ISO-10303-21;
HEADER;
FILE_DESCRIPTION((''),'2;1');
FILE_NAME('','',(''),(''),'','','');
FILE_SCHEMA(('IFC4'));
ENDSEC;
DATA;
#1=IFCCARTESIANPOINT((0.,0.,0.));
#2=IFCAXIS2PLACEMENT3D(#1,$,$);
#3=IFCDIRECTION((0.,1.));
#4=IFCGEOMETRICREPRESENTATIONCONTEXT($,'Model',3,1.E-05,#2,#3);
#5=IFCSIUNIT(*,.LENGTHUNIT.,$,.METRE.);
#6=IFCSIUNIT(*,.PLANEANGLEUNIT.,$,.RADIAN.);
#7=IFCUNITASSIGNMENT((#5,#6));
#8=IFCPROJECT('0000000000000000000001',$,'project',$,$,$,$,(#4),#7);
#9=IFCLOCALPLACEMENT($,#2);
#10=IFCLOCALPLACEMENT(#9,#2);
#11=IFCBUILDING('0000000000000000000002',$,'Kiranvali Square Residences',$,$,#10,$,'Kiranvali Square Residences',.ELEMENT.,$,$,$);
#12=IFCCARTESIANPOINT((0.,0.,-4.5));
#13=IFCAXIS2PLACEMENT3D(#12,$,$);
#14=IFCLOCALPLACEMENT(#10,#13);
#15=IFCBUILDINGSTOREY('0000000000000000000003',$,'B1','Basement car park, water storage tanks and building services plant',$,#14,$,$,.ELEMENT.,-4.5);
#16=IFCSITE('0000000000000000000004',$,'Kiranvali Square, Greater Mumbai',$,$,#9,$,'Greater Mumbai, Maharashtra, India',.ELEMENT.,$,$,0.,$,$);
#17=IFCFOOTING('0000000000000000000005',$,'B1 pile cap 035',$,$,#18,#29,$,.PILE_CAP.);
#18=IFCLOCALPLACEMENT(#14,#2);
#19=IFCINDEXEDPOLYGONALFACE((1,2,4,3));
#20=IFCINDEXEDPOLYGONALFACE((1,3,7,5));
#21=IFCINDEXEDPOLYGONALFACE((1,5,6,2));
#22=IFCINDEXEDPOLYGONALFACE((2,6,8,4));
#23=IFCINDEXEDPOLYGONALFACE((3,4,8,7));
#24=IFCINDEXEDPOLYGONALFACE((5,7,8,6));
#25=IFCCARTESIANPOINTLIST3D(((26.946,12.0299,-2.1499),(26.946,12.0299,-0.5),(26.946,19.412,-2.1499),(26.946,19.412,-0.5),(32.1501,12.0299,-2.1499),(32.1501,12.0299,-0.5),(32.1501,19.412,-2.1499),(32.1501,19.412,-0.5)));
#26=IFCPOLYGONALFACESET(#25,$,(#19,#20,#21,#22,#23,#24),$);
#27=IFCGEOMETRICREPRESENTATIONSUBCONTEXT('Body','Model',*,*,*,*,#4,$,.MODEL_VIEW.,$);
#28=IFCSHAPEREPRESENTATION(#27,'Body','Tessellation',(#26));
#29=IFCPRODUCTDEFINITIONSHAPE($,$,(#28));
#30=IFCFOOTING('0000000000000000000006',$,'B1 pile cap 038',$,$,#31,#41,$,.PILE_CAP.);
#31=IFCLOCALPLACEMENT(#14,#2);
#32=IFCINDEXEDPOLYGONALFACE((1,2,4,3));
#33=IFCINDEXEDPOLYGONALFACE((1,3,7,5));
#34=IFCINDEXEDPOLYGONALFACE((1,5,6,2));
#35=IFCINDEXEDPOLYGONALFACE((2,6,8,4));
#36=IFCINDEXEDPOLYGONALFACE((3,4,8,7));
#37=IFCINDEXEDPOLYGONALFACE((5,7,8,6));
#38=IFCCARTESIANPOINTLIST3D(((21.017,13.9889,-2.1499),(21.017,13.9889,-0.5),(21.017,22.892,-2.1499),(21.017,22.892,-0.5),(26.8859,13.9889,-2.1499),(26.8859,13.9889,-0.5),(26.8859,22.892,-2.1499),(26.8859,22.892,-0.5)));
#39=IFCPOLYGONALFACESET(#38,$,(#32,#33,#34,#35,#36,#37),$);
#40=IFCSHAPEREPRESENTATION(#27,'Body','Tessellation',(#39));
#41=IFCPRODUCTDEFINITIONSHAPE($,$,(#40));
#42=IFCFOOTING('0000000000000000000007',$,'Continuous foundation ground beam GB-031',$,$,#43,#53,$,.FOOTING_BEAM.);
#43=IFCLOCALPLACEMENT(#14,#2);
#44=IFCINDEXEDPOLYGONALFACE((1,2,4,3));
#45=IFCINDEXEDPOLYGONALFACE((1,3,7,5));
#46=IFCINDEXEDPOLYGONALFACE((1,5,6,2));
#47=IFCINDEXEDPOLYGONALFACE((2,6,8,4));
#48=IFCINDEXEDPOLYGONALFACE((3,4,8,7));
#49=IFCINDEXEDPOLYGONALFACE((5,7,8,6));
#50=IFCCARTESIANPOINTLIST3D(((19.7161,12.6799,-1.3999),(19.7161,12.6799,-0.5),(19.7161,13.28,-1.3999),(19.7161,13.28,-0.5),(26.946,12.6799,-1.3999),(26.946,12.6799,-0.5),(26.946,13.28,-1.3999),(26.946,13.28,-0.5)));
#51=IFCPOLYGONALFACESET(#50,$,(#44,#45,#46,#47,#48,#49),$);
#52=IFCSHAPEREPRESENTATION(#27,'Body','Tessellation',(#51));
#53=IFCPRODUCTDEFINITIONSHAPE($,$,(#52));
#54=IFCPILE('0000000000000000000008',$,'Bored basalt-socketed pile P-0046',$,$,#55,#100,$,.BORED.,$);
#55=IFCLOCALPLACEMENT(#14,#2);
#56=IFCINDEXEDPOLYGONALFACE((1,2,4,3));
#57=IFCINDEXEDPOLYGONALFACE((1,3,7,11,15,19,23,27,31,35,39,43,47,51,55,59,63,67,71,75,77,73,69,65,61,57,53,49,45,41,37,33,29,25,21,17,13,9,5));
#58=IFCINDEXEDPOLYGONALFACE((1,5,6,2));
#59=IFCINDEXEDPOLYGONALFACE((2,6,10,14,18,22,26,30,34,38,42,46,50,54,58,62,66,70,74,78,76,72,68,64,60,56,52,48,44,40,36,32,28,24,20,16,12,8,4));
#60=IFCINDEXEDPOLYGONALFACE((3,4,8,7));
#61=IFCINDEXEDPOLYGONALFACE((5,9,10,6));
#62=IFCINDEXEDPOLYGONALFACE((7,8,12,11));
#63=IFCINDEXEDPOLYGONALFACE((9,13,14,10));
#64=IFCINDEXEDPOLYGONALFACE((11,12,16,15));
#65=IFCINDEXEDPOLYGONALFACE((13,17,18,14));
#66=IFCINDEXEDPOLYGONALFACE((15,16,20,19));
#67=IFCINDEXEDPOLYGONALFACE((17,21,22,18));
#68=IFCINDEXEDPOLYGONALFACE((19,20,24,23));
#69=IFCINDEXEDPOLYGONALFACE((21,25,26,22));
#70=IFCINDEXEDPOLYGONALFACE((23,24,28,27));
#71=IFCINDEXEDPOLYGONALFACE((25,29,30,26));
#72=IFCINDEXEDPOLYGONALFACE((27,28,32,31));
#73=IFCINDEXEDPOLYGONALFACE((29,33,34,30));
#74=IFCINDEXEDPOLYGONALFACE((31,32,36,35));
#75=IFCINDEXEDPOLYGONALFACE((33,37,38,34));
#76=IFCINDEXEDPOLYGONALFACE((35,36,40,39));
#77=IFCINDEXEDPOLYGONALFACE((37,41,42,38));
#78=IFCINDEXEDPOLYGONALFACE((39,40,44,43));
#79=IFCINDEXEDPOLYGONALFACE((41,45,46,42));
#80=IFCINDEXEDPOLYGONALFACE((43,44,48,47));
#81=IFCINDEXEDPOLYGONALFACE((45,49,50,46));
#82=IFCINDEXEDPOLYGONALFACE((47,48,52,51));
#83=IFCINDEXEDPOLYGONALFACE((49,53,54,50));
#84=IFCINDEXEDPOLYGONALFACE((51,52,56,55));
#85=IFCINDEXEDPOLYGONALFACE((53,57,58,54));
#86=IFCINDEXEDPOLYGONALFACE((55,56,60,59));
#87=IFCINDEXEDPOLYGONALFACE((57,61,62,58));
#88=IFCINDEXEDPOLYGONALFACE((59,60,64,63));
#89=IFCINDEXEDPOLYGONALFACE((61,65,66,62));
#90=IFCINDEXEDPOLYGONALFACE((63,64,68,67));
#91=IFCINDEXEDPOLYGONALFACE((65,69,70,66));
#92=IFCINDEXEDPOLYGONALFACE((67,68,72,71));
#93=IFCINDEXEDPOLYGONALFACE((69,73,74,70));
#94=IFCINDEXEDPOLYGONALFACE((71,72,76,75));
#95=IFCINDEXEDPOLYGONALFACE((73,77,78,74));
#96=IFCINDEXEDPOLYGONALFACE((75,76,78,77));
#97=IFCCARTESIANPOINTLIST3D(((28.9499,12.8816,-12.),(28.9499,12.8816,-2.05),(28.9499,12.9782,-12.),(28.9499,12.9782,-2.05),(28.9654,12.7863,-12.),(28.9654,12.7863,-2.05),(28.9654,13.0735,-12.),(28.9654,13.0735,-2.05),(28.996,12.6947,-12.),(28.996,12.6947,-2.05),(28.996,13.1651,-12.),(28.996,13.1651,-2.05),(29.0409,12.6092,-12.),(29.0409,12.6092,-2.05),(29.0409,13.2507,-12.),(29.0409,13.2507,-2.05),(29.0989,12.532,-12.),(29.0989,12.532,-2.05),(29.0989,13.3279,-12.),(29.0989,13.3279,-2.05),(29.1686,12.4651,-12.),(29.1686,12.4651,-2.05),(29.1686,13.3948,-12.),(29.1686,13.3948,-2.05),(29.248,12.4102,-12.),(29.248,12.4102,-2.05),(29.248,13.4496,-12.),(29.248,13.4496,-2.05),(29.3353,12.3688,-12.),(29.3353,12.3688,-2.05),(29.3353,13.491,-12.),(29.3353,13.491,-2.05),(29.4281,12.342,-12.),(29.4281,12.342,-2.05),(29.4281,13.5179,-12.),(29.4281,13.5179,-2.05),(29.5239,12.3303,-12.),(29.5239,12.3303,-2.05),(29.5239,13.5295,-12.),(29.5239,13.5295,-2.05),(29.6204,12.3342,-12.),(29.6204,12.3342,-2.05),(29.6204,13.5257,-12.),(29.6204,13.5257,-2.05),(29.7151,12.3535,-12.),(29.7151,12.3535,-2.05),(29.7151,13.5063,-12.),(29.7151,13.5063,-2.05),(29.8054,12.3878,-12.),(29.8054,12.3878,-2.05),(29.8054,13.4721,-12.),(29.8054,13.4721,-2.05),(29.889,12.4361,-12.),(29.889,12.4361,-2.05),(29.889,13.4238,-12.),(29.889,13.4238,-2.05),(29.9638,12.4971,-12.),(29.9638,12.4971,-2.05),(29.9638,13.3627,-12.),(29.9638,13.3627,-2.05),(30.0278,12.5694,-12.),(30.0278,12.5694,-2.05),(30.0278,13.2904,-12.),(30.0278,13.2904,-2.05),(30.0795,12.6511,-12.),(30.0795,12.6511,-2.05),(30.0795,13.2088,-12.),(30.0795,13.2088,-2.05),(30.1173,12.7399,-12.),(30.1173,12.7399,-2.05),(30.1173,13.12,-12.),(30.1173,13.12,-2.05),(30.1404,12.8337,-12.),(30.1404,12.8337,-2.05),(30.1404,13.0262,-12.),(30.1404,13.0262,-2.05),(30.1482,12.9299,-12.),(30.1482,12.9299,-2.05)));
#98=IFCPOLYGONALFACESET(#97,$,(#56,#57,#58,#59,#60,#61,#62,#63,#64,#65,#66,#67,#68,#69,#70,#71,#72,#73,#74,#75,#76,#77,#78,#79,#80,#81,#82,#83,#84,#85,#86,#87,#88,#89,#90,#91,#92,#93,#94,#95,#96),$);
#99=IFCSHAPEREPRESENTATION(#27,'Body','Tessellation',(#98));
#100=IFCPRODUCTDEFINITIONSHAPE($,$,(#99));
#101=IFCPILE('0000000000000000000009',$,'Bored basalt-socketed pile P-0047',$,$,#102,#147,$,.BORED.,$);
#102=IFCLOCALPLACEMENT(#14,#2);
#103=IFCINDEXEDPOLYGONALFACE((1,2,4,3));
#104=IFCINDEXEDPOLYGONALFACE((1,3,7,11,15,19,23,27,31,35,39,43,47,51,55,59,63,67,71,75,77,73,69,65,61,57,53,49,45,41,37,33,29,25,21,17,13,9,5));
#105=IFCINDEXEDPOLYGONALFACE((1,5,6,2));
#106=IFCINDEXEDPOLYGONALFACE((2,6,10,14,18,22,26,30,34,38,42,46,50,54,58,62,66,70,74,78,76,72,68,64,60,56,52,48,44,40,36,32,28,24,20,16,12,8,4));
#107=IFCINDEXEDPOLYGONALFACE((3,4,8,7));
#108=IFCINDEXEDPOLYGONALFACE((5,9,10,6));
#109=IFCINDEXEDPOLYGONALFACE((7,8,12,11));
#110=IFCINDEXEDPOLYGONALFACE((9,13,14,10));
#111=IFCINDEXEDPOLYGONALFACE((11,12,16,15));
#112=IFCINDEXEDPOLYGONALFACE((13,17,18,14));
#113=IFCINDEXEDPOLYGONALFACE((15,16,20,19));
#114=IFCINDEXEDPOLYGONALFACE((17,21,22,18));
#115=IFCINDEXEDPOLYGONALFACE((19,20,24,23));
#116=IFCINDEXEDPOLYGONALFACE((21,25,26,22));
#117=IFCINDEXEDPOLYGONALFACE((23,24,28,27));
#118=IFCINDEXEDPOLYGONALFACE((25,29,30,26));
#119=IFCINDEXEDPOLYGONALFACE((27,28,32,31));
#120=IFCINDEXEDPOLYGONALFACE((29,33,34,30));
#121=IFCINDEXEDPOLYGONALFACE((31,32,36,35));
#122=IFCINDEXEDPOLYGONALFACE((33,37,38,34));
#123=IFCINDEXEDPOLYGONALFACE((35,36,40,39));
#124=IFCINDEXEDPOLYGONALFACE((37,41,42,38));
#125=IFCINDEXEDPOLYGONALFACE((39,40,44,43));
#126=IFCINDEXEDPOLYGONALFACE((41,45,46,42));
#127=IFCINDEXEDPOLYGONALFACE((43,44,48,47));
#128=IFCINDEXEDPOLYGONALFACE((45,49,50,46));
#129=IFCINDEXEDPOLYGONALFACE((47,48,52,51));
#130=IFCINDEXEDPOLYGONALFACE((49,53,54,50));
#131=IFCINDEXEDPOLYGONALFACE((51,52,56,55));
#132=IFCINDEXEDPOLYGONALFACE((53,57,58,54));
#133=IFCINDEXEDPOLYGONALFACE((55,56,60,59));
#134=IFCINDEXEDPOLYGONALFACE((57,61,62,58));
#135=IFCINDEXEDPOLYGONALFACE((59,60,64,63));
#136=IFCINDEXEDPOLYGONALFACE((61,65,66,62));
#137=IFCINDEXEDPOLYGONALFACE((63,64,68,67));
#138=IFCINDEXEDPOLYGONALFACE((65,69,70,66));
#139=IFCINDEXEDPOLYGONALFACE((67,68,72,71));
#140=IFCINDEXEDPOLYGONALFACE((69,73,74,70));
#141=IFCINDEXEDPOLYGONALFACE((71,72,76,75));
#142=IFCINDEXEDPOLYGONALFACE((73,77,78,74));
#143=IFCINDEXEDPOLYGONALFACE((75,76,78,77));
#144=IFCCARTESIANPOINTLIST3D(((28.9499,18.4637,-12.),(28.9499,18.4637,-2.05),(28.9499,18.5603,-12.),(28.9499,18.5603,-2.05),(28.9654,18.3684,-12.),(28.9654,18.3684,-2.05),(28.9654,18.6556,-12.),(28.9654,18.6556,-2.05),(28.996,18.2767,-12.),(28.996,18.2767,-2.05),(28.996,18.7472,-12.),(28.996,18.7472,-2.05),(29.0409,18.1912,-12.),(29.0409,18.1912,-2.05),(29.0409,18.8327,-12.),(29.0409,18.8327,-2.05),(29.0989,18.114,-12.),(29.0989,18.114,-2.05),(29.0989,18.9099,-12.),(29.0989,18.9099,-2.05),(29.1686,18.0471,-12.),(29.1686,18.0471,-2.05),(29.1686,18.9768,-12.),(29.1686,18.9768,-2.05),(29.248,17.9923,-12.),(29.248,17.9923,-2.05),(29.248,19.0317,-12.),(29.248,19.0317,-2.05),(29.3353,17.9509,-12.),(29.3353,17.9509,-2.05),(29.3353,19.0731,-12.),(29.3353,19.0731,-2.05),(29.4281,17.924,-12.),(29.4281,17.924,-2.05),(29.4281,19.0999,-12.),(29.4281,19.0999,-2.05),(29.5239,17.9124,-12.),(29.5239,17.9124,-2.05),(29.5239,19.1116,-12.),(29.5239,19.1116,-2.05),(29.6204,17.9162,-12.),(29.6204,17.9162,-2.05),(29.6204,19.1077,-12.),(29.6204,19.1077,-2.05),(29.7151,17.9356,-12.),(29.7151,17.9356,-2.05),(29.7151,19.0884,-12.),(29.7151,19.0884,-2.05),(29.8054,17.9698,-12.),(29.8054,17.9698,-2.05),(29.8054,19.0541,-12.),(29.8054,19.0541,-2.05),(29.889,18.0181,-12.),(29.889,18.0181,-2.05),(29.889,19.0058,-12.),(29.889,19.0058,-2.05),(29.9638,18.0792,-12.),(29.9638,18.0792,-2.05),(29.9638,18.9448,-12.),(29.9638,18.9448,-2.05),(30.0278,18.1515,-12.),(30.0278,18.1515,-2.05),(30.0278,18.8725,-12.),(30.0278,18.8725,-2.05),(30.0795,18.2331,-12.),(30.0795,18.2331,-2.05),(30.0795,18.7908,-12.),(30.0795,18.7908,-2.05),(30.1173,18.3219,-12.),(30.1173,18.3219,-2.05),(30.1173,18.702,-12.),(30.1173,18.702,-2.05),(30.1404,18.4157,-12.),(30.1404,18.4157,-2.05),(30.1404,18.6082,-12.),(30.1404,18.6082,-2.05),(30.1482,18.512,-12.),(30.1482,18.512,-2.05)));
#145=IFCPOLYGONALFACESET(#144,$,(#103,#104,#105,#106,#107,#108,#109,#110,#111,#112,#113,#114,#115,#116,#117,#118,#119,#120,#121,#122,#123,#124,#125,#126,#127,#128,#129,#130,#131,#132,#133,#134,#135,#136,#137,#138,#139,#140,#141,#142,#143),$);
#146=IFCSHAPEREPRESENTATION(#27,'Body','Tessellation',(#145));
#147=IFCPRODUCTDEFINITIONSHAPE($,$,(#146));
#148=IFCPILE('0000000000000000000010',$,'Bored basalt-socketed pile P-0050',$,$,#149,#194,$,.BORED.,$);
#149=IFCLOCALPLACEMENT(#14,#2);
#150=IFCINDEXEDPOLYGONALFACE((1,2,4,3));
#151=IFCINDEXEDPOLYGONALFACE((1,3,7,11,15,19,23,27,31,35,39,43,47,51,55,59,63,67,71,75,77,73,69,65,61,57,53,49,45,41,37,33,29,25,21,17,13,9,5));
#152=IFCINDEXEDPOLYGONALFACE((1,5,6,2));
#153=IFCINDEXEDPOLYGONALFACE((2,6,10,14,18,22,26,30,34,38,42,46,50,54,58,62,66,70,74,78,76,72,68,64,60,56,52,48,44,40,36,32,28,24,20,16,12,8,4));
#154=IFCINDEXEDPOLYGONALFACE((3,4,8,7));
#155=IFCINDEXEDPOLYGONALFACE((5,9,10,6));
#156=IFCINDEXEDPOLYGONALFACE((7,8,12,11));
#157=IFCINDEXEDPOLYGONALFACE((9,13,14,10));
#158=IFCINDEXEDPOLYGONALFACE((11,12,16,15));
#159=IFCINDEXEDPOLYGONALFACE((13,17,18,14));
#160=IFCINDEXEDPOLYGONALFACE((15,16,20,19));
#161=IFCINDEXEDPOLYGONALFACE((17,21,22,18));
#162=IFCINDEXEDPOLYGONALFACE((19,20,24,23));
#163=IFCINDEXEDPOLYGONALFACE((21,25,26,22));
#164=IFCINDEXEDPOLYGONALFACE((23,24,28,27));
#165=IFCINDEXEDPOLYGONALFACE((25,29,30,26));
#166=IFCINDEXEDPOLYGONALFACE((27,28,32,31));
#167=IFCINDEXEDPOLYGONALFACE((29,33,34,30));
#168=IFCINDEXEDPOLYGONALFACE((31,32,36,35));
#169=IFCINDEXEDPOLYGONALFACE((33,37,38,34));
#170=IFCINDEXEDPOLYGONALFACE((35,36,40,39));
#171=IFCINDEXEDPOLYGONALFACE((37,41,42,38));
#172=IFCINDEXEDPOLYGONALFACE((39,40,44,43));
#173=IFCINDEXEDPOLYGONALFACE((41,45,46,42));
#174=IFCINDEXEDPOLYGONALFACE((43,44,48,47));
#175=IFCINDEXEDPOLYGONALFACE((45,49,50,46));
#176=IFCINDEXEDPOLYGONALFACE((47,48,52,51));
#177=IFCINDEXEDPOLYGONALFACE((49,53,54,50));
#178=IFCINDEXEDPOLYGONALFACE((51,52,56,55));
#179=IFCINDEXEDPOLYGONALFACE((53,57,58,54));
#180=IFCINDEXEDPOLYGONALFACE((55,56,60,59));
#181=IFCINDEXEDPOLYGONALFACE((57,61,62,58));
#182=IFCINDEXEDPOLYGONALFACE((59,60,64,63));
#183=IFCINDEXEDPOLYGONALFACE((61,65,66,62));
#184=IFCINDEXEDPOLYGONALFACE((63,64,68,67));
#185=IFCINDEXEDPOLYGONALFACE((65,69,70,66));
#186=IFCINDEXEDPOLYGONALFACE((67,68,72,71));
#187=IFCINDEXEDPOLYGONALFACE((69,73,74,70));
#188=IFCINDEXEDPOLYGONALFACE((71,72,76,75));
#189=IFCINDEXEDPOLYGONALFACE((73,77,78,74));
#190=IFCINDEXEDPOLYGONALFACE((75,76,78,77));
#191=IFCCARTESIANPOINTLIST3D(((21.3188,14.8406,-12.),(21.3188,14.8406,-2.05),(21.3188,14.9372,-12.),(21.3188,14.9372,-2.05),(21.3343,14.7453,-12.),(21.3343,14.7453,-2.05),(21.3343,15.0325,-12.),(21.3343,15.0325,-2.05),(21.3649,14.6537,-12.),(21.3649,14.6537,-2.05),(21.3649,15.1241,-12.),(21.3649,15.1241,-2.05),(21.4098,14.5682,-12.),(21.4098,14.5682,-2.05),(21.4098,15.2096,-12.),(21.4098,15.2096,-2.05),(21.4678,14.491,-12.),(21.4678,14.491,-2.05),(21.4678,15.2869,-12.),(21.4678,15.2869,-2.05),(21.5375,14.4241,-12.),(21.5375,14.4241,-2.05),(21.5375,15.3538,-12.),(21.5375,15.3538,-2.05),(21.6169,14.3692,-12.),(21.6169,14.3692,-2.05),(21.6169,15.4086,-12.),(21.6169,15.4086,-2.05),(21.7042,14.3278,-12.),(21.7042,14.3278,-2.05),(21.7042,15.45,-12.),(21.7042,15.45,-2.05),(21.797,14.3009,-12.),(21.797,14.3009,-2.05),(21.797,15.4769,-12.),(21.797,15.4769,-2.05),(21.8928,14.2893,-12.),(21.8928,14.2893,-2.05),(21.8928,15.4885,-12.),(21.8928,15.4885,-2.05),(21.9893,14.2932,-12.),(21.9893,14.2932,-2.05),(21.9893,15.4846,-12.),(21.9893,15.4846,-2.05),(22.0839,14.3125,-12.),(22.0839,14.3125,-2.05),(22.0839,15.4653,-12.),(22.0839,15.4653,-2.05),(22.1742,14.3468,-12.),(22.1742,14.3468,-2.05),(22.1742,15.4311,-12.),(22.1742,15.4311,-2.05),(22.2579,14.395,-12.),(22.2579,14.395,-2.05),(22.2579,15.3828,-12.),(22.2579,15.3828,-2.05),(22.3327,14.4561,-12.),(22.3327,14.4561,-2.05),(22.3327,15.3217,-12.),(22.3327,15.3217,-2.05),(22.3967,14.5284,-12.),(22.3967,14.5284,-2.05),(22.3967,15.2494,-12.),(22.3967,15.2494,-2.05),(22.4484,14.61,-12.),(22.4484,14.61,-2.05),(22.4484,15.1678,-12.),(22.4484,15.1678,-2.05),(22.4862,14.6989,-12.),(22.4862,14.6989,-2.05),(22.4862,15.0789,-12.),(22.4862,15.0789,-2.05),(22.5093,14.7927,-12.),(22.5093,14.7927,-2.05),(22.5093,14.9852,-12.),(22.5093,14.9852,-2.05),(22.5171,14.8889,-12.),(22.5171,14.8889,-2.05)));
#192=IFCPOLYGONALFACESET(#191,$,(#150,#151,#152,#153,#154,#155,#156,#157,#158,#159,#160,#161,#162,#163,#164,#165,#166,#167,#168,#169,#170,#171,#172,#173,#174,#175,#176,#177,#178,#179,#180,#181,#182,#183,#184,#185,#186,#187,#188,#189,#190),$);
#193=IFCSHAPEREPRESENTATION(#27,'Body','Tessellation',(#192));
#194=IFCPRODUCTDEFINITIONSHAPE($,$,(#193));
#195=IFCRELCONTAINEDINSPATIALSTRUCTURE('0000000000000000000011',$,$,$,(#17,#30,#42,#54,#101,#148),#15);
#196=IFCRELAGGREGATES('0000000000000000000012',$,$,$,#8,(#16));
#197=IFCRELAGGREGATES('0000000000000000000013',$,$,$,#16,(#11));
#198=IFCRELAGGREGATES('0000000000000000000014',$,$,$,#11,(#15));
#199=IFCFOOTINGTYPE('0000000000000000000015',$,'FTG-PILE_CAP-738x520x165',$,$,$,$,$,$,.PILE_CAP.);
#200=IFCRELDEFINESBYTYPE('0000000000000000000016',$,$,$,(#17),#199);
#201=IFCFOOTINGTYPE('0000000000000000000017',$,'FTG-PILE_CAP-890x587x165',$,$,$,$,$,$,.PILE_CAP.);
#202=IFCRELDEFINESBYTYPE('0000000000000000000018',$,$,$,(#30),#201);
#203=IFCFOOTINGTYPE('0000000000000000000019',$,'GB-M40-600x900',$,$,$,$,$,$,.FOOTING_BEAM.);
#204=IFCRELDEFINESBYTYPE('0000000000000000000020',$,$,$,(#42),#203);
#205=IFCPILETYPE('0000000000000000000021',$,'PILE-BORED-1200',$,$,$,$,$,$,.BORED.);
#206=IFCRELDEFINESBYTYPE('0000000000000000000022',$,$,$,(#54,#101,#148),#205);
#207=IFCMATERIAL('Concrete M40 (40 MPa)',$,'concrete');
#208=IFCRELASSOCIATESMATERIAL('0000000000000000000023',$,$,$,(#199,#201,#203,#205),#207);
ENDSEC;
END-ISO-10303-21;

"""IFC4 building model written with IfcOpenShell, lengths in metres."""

from ifc_helpers import new_model, si_unit, direction, frame, origin, origin_2d, place, context, subcontext, project, spatial, rectangle, circle, extrude, material, material_profile, profile_set, type_object, element, save


model = new_model("IFC4")

# Units and contexts
model_context = context("Model", 3, precision=1e-05, world=origin(), true_north=direction((0.0, 1.0)))
body_context = subcontext(model_context, "Body", "Model", "MODEL_VIEW")
ifc_project = project(units=[si_unit("LENGTHUNIT", "METRE"), si_unit("PLANEANGLEUNIT", "RADIAN")], contexts=[model_context])

# Site, building, storey
site_placement = place(None, origin())
site = spatial("IfcSite", under=ifc_project, at=site_placement, Name="Kiranvali Square, Greater Mumbai", LongName="Greater Mumbai, Maharashtra, India", CompositionType="ELEMENT", RefElevation=0.0)
building_placement = place(site_placement, origin())
building = spatial("IfcBuilding", under=site, at=building_placement, Name="Kiranvali Square Residences", LongName="Kiranvali Square Residences", CompositionType="ELEMENT")
storey_placement = place(building_placement, frame((0.0, 0.0, -4.5)))
storey = spatial("IfcBuildingStorey", under=building, at=storey_placement, Name="B1", Description="Basement car park, water storage tanks and building services plant", CompositionType="ELEMENT", Elevation=-4.5)

# Footings
ifc_material_1 = material(Name="Concrete M40 (40 MPa)", Category="concrete")
footing_type_1 = type_object("IfcFootingType", Name="FTG-PILE_CAP-738x520x165", PredefinedType="PILE_CAP", material=ifc_material_1)
footing_1_placement = place(storey_placement, frame((29.5481, 15.7209, -2.1499), z_axis=(0.0, 0.0, 1.0), x_axis=(0.0, 1.0, 0.0)))
element("IfcFooting", 1, at=footing_1_placement, inside=storey, type_object=footing_type_1, Name="B1 pile cap 035", PredefinedType="PILE_CAP", context=body_context, shape_type="SweptSolid", body=[
    extrude(rectangle(XDim=7.3821, YDim=5.2041, at=origin_2d()), origin(), (0.0, 0.0, 1.0), 1.6499),
])
footing_type_2 = type_object("IfcFootingType", Name="FTG-PILE_CAP-890x587x165", PredefinedType="PILE_CAP", material=ifc_material_1)
footing_2_placement = place(storey_placement, frame((23.9514, 18.4404, -2.1499), z_axis=(0.0, 0.0, 1.0), x_axis=(0.0, 1.0, 0.0)))
element("IfcFooting", 2, at=footing_2_placement, inside=storey, type_object=footing_type_2, Name="B1 pile cap 038", PredefinedType="PILE_CAP", context=body_context, shape_type="SweptSolid", body=[
    extrude(rectangle(XDim=8.9031, YDim=5.8689, at=origin_2d()), origin(), (0.0, 0.0, 1.0), 1.6499),
])
ifc_material_profile_1 = material_profile(ifc_material_1, rectangle(XDim=0.6001, YDim=0.8999, at=origin_2d()), Name="GB 600x900")
ifc_profile_set_1 = profile_set([ifc_material_profile_1], Name="Concrete M40 (40 MPa)")
footing_type_3 = type_object("IfcFootingType", Name="GB-M40-600x900", PredefinedType="FOOTING_BEAM", material=ifc_profile_set_1)
footing_3_placement = place(storey_placement, frame((19.7161, 12.98, -0.95), z_axis=(1.0, 0.0, 0.0), x_axis=(0.0, 1.0, 0.0)))
element("IfcFooting", 3, at=footing_3_placement, inside=storey, type_object=footing_type_3, Name="Continuous foundation ground beam GB-031", PredefinedType="FOOTING_BEAM", context=body_context, shape_type="SweptSolid", body=[
    extrude(rectangle(XDim=0.6001, YDim=0.8999, at=origin_2d()), origin(), (0.0, 0.0, 1.0), 7.23),
])

# Piles
ifc_material_profile_2 = material_profile(ifc_material_1, circle(Radius=0.6001, at=origin_2d()), Name="BORED PILE 1200")
ifc_profile_set_2 = profile_set([ifc_material_profile_2], Name="Concrete M40 (40 MPa)")
pile_type = type_object("IfcPileType", Name="PILE-BORED-1200", PredefinedType="BORED", material=ifc_profile_set_2)
for number, where, z_axis, x_axis, name in (
    (4, (29.5481, 12.9299, -2.05), (0.0, 0.0, -1.0), (1.0, 0.0, 0.0), "Bored basalt-socketed pile P-0046"),
    (5, (29.5481, 18.512, -2.05), (0.0, 0.0, -1.0), (1.0, 0.0, 0.0), "Bored basalt-socketed pile P-0047"),
    (6, (21.917, 14.8889, -2.05), (0.0, 0.0, -1.0), (1.0, 0.0, 0.0), "Bored basalt-socketed pile P-0050"),
):
    element("IfcPile", number, at=place(storey_placement, frame(where, z_axis=z_axis, x_axis=x_axis)), inside=storey, type_object=pile_type, Name=name, PredefinedType="BORED", context=body_context, shape_type="SweptSolid", body=[
        extrude(circle(Radius=0.6001, at=origin_2d()), origin(), (0.0, 0.0, 1.0), 9.95),
    ])

save(model, "model.ifc")
